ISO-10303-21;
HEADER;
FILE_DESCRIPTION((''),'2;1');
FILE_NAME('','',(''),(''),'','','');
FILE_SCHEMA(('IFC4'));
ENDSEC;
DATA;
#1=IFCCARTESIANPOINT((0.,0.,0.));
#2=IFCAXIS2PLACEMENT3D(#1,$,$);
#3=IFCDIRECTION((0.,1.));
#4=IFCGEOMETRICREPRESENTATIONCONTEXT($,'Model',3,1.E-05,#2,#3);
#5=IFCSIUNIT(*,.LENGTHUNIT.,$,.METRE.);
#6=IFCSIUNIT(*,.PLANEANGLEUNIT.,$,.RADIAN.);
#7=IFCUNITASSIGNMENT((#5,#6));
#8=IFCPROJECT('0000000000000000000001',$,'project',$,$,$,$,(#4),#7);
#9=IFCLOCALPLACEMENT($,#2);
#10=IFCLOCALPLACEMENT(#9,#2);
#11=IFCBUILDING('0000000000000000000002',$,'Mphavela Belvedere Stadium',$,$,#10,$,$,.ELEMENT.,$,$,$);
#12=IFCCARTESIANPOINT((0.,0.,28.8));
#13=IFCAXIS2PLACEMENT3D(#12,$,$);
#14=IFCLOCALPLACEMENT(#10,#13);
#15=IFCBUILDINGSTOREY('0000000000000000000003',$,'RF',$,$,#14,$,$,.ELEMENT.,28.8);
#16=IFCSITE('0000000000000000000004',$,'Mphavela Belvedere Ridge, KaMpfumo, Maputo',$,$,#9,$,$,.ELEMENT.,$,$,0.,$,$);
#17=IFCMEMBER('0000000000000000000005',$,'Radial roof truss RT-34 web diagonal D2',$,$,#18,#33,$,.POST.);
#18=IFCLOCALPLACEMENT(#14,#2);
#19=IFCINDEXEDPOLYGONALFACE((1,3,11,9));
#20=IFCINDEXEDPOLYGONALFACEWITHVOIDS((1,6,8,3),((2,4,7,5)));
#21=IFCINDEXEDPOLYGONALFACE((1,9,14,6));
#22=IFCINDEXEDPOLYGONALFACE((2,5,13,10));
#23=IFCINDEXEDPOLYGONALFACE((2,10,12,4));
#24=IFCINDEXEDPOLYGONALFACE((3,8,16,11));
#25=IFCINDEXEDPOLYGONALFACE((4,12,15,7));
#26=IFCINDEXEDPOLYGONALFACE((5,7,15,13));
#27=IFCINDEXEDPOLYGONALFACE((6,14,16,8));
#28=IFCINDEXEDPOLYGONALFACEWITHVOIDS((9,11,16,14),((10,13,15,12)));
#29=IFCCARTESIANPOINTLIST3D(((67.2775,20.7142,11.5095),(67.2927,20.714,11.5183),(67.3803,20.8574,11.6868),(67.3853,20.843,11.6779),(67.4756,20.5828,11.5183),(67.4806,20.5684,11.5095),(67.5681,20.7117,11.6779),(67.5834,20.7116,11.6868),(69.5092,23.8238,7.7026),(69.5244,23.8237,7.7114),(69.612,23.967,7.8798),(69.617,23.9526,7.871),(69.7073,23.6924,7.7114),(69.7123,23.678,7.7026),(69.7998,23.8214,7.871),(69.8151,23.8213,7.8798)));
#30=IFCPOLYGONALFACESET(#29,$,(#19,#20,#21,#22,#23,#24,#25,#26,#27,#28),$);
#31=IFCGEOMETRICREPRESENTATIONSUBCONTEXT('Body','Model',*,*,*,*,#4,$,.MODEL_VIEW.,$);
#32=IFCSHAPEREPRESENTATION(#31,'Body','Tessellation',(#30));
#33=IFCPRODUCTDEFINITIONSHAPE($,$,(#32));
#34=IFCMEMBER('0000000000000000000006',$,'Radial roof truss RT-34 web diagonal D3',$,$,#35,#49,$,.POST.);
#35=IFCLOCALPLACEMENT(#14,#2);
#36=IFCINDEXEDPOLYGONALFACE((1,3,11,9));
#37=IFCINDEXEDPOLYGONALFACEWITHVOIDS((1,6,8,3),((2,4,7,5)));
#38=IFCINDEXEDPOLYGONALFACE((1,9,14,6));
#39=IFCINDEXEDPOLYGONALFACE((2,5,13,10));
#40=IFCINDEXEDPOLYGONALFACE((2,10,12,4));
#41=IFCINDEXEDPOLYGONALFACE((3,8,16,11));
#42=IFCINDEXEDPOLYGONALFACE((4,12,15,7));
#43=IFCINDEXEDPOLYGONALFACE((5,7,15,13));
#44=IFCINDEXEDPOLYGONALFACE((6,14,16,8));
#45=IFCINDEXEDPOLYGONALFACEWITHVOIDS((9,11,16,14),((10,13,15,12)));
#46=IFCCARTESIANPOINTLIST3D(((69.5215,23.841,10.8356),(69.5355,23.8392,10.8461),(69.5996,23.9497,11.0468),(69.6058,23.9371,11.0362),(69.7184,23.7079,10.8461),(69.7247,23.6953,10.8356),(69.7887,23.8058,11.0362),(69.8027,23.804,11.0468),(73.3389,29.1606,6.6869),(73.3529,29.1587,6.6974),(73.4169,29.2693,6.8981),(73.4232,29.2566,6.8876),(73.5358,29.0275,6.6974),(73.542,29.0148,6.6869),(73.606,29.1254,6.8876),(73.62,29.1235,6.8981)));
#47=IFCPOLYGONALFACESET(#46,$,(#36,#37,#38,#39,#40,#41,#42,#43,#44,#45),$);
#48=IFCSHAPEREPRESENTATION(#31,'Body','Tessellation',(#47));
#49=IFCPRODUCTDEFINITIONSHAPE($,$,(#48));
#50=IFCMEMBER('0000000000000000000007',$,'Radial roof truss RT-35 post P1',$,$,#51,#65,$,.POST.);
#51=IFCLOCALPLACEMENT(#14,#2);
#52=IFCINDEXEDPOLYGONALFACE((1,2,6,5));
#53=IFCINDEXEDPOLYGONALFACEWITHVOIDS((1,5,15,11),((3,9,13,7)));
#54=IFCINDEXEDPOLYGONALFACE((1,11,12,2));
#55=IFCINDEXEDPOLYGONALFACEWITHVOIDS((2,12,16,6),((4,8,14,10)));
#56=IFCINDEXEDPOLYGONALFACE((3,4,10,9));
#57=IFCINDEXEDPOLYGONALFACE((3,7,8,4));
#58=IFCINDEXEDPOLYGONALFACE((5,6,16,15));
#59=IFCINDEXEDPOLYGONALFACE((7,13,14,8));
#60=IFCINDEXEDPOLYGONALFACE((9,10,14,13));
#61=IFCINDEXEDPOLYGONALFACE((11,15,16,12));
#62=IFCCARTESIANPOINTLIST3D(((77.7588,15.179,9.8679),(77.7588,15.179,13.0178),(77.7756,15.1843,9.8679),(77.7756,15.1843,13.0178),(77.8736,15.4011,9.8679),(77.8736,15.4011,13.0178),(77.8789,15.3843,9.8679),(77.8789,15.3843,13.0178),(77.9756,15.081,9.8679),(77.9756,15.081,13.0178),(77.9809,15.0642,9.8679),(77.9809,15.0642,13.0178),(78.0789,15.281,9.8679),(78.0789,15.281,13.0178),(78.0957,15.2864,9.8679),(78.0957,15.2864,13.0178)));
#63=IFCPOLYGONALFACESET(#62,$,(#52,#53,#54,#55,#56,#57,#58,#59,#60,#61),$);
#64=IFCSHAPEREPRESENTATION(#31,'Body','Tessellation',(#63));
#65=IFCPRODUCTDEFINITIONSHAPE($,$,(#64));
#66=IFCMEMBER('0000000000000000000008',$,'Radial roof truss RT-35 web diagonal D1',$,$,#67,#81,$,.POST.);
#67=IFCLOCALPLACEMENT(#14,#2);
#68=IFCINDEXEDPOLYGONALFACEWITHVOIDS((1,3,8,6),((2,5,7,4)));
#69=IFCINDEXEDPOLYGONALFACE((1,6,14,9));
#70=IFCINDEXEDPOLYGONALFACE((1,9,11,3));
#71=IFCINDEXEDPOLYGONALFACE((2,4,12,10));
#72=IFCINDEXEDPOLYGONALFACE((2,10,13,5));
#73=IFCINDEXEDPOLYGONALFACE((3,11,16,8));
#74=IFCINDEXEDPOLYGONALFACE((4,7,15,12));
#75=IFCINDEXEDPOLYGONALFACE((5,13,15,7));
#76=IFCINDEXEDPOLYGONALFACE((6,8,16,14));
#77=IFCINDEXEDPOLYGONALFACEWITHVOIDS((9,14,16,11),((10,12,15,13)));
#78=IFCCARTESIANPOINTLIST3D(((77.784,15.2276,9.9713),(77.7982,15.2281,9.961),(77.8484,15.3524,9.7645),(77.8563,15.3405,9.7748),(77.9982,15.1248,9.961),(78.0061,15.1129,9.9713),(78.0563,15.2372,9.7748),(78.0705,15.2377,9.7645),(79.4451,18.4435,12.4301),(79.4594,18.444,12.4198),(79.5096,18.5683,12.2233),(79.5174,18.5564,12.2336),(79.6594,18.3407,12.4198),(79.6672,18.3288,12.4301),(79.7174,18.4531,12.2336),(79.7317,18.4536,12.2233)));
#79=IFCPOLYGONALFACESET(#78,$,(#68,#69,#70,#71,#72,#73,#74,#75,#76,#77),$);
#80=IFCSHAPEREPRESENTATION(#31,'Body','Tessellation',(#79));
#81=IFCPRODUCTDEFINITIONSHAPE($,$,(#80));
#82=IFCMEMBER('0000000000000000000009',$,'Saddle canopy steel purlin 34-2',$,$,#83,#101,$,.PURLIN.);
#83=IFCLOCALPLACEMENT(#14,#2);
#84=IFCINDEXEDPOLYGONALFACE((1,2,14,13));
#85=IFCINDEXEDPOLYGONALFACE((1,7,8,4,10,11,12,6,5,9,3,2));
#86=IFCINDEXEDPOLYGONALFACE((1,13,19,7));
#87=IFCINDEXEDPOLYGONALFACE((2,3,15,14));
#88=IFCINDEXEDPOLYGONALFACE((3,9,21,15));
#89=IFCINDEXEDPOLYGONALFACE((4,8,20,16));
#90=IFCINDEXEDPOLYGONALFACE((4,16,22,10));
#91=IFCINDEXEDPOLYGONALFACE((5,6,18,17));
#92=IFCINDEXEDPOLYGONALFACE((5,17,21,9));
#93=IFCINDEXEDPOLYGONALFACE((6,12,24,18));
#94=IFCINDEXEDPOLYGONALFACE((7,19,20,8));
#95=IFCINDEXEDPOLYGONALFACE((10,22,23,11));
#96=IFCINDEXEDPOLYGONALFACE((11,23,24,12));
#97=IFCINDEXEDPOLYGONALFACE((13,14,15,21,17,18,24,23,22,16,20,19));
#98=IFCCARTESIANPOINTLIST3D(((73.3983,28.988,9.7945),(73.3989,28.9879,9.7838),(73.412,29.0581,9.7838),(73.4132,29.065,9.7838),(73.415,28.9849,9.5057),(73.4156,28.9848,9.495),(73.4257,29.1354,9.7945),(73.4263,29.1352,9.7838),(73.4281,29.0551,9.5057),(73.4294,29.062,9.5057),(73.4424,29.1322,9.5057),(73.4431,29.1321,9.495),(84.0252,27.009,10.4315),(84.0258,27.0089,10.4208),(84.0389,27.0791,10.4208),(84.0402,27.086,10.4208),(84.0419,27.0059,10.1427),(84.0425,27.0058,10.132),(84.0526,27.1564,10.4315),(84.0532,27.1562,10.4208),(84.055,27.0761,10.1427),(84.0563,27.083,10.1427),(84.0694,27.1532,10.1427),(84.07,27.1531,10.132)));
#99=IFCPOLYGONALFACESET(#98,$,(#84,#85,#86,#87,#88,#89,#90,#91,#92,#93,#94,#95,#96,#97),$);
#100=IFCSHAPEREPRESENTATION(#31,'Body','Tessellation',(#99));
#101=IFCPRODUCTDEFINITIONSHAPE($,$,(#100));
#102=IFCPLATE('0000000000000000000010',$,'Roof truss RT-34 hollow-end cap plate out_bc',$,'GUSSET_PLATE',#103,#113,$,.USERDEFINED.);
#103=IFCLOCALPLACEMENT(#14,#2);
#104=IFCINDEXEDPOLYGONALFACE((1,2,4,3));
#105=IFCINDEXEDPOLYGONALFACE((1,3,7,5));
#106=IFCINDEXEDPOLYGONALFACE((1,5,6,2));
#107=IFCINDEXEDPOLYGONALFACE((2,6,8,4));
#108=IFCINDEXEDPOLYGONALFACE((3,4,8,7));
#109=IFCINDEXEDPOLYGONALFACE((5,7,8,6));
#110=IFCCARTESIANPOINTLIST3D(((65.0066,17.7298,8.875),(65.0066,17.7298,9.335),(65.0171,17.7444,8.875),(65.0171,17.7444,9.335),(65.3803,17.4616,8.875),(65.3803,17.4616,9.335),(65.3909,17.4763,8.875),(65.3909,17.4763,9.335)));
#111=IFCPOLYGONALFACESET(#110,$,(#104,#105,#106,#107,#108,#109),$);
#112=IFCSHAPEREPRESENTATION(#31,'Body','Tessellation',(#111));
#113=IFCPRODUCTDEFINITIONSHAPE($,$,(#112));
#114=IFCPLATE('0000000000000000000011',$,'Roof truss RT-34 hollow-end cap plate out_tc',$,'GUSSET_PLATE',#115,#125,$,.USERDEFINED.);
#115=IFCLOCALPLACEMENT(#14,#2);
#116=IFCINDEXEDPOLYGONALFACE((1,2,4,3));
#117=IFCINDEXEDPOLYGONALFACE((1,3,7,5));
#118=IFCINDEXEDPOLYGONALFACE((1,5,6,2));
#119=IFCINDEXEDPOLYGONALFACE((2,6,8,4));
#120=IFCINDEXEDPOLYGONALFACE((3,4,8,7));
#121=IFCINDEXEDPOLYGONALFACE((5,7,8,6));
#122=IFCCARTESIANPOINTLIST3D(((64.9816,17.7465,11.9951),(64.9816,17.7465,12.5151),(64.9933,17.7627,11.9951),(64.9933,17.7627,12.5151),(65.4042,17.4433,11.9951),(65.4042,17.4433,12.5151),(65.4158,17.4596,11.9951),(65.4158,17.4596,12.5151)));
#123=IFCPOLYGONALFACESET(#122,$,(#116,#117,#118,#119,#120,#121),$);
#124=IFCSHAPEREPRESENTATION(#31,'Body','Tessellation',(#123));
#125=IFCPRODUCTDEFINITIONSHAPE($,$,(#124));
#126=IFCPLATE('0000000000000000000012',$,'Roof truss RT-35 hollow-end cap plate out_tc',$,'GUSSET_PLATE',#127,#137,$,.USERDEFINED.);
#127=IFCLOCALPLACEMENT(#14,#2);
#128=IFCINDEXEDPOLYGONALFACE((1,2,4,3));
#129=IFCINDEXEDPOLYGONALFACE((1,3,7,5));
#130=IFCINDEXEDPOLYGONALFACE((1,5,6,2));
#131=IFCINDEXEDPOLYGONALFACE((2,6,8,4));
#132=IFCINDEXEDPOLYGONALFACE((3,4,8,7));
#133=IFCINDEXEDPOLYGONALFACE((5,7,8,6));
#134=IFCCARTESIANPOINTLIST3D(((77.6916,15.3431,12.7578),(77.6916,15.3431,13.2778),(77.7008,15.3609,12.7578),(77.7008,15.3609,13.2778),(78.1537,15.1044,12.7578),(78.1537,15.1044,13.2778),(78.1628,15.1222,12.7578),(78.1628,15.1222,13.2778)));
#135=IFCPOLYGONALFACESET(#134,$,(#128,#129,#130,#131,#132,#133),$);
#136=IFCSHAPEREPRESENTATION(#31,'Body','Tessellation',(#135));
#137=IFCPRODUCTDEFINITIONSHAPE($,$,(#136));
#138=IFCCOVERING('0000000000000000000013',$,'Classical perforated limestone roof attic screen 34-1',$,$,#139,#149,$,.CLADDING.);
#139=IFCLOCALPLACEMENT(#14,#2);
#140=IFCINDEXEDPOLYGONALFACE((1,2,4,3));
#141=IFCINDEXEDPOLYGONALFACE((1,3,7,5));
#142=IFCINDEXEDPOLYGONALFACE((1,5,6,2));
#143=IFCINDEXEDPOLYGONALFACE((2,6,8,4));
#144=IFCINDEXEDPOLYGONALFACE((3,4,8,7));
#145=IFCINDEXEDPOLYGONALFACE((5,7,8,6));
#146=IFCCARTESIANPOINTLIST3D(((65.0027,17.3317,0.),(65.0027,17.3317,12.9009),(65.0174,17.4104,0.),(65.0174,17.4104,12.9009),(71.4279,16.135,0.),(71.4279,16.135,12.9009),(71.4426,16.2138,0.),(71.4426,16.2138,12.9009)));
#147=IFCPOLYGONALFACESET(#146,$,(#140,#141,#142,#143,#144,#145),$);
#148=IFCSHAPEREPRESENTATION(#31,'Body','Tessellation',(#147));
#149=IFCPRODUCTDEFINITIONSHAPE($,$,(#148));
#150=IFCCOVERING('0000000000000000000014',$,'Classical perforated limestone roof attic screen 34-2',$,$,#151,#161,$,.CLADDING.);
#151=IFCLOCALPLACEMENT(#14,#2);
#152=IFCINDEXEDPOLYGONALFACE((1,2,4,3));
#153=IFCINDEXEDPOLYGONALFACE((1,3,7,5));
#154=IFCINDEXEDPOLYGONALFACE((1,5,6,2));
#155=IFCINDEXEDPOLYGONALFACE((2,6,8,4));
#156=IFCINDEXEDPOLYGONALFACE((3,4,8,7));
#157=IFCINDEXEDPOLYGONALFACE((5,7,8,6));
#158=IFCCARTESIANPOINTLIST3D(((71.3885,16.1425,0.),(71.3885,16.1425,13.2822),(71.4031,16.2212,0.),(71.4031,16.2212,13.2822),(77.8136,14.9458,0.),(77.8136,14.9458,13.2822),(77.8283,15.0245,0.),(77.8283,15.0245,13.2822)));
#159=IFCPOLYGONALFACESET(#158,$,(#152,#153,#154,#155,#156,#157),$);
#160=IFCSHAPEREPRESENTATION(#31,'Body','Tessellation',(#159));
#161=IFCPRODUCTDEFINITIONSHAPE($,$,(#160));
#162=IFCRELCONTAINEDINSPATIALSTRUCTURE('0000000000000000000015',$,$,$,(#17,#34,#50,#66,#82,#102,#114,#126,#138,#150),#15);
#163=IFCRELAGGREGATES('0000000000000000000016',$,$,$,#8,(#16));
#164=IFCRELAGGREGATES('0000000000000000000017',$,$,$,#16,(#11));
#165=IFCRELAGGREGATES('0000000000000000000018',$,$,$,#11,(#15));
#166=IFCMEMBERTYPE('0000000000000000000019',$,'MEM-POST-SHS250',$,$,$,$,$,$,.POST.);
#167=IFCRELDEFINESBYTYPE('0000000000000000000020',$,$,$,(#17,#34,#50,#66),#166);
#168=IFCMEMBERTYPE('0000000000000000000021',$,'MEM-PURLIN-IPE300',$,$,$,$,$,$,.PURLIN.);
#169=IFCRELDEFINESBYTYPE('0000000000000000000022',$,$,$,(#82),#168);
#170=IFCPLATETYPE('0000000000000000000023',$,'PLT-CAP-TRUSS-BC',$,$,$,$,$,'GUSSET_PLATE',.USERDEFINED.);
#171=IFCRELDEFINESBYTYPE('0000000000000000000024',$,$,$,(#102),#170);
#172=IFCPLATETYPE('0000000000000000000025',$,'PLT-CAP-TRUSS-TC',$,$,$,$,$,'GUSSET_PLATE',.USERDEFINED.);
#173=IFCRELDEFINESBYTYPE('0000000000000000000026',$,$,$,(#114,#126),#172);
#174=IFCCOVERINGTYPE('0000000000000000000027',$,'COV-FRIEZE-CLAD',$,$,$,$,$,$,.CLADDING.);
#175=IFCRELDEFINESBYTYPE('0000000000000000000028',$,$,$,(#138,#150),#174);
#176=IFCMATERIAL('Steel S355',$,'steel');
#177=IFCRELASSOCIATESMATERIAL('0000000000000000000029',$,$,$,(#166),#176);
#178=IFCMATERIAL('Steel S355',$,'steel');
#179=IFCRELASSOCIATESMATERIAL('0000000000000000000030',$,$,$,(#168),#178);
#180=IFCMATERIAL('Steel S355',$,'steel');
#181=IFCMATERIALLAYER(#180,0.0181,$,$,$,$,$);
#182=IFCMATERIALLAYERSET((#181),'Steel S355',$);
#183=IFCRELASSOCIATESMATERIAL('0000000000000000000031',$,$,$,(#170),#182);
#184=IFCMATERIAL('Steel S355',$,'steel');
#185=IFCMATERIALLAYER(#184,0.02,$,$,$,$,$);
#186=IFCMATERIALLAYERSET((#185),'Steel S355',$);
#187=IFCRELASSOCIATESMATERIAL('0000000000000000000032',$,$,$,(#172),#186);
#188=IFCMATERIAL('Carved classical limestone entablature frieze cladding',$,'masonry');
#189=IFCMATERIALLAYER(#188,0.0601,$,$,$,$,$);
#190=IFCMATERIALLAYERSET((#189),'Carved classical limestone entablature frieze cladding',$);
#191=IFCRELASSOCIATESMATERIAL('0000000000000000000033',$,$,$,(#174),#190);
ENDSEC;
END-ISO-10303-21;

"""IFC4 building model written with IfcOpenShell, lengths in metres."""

from ifc_helpers import new_model, si_unit, direction, frame, origin, origin_2d, place, context, subcontext, project, spatial, rectangle, hollow_rectangle, i_section, extrude, material, layer, layer_set, material_profile, profile_set, type_object, element, save


model = new_model("IFC4")

# Units and contexts
model_context = context("Model", 3, precision=1e-05, world=origin(), true_north=direction((0.0, 1.0)))
body_context = subcontext(model_context, "Body", "Model", "MODEL_VIEW")
ifc_project = project(units=[si_unit("LENGTHUNIT", "METRE"), si_unit("PLANEANGLEUNIT", "RADIAN")], contexts=[model_context])

# Site, building, storey
site_placement = place(None, origin())
site = spatial("IfcSite", under=ifc_project, at=site_placement, Name="Mphavela Belvedere Ridge, KaMpfumo, Maputo", CompositionType="ELEMENT", RefElevation=0.0)
building_placement = place(site_placement, origin())
building = spatial("IfcBuilding", under=site, at=building_placement, Name="Mphavela Belvedere Stadium", CompositionType="ELEMENT")
storey_placement = place(building_placement, frame((0.0, 0.0, 28.8)))
storey = spatial("IfcBuildingStorey", under=building, at=storey_placement, Name="RF", CompositionType="ELEMENT", Elevation=28.8)

# Members
ifc_material_1 = material(Name="Steel S355", Category="steel")
ifc_material_profile_1 = material_profile(ifc_material_1, hollow_rectangle(XDim=0.25, YDim=0.25, WallThickness=0.0125, at=origin_2d()), Name="SHS 250x250x12.5")
ifc_profile_set_1 = profile_set([ifc_material_profile_1], Name="Steel S355")
member_type_1 = type_object("IfcMemberType", Name="MEM-POST-SHS250", PredefinedType="POST", material=ifc_profile_set_1)
member_1_placement = place(storey_placement, frame((67.4304, 20.7129, 11.5981), z_axis=(0.4134, 0.576028, -0.70519), x_axis=(-0.81243, 0.583059, 0.0)))
element("IfcMember", 1, at=member_1_placement, inside=storey, type_object=member_type_1, Name="Radial roof truss RT-34 web diagonal D2", PredefinedType="POST", context=body_context, shape_type="SweptSolid", body=[
    extrude(hollow_rectangle(XDim=0.25, YDim=0.25, WallThickness=0.0125, at=origin_2d()), origin(), (0.0, 0.0, 1.0), 5.3984),
])
member_2_placement = place(storey_placement, frame((69.6621, 23.8225, 10.9412), z_axis=(0.492486, 0.686287, -0.535227), x_axis=(-0.812454, 0.583025, 0.0)))
element("IfcMember", 2, at=member_2_placement, inside=storey, type_object=member_type_1, Name="Radial roof truss RT-34 web diagonal D3", PredefinedType="POST", context=body_context, shape_type="SweptSolid", body=[
    extrude(hollow_rectangle(XDim=0.25, YDim=0.25, WallThickness=0.0125, at=origin_2d()), origin(), (0.0, 0.0, 1.0), 7.7512),
])
member_3_placement = place(storey_placement, frame((77.9272, 15.2327, 9.8679), z_axis=(0.0, 0.0, 1.0), x_axis=(-0.45896, -0.888457, 0.0)))
element("IfcMember", 3, at=member_3_placement, inside=storey, type_object=member_type_1, Name="Radial roof truss RT-35 post P1", PredefinedType="POST", context=body_context, shape_type="SweptSolid", body=[
    extrude(hollow_rectangle(XDim=0.25, YDim=0.25, WallThickness=0.0125, at=origin_2d()), origin(), (0.0, 0.0, 1.0), 3.1499),
])
member_4_placement = place(storey_placement, frame((77.9272, 15.2327, 9.8679), z_axis=(0.379632, 0.734936, 0.561915), x_axis=(-0.888468, 0.458938, 0.0)))
element("IfcMember", 4, at=member_4_placement, inside=storey, type_object=member_type_1, Name="Radial roof truss RT-35 web diagonal D1", PredefinedType="POST", context=body_context, shape_type="SweptSolid", body=[
    extrude(hollow_rectangle(XDim=0.25, YDim=0.25, WallThickness=0.0125, at=origin_2d()), origin(), (0.0, 0.0, 1.0), 4.3757),
])
ifc_material_2 = material(Name="Steel S355", Category="steel")
ifc_material_profile_2 = material_profile(ifc_material_2, i_section(OverallWidth=0.1499, OverallDepth=0.3, WebThickness=0.0071, FlangeThickness=0.0107, at=origin_2d()), Name="IPE 300")
ifc_profile_set_2 = profile_set([ifc_material_profile_2], Name="Steel S355")
member_type_2 = type_object("IfcMemberType", Name="MEM-PURLIN-IPE300", PredefinedType="PURLIN", material=ifc_profile_set_2)
member_5_placement = place(storey_placement, frame((73.4207, 29.0601, 9.6448), z_axis=(0.981396, -0.18276, 0.058823), x_axis=(0.183077, 0.983098, 0.0)))
element("IfcMember", 5, at=member_5_placement, inside=storey, type_object=member_type_2, Name="Saddle canopy steel purlin 34-2", PredefinedType="PURLIN", context=body_context, shape_type="SweptSolid", body=[
    extrude(i_section(OverallWidth=0.1499, OverallDepth=0.3, WebThickness=0.0071, FlangeThickness=0.0107, at=origin_2d()), origin(), (0.0, 0.0, 1.0), 10.8284),
])

# Plates
ifc_material_3 = material(Name="Steel S355", Category="steel")
ifc_layer_1 = layer(ifc_material_3, 0.0181)
ifc_layer_set_1 = layer_set([ifc_layer_1], Name="Steel S355")
plate_type_1 = type_object("IfcPlateType", Name="PLT-CAP-TRUSS-BC", ElementType="GUSSET_PLATE", PredefinedType="USERDEFINED", material=ifc_layer_set_1)
plate_placement = place(storey_placement, frame((65.1987, 17.603, 8.875), z_axis=(0.0, 0.0, 1.0), x_axis=(-0.582974, -0.812491, 0.0)))
element("IfcPlate", 6, at=plate_placement, inside=storey, type_object=plate_type_1, Name="Roof truss RT-34 hollow-end cap plate out_bc", ObjectType="GUSSET_PLATE", PredefinedType="USERDEFINED", context=body_context, shape_type="SweptSolid", body=[
    extrude(rectangle(XDim=0.0181, YDim=0.46, at=origin_2d()), origin(), (0.0, 0.0, 1.0), 0.46),
])
ifc_material_4 = material(Name="Steel S355", Category="steel")
ifc_layer_2 = layer(ifc_material_4, 0.02)
ifc_layer_set_2 = layer_set([ifc_layer_2], Name="Steel S355")
plate_type_2 = type_object("IfcPlateType", Name="PLT-CAP-TRUSS-TC", ElementType="GUSSET_PLATE", PredefinedType="USERDEFINED", material=ifc_layer_set_2)
for number, where, z_axis, x_axis, name in (
    (7, (65.1987, 17.603, 11.9951), (0.0, 0.0, 1.0), (-0.582974, -0.812491, 0.0), "Roof truss RT-34 hollow-end cap plate out_tc"),
    (8, (77.9272, 15.2327, 12.7578), (0.0, 0.0, 1.0), (-0.45896, -0.888457, 0.0), "Roof truss RT-35 hollow-end cap plate out_tc"),
):
    element("IfcPlate", number, at=place(storey_placement, frame(where, z_axis=z_axis, x_axis=x_axis)), inside=storey, type_object=plate_type_2, Name=name, ObjectType="GUSSET_PLATE", PredefinedType="USERDEFINED", context=body_context, shape_type="SweptSolid", body=[
        extrude(rectangle(XDim=0.02, YDim=0.52, at=origin_2d()), origin(), (0.0, 0.0, 1.0), 0.52),
    ])

# Coverings
ifc_material_5 = material(Name="Carved classical limestone entablature frieze cladding", Category="masonry")
ifc_layer_3 = layer(ifc_material_5, 0.0601)
ifc_layer_set_3 = layer_set([ifc_layer_3], Name="Carved classical limestone entablature frieze cladding")
covering_type = type_object("IfcCoveringType", Name="COV-FRIEZE-CLAD", PredefinedType="CLADDING", material=ifc_layer_set_3)
covering_1_placement = place(storey_placement, frame((68.2227, 16.7727, 0.0), z_axis=(0.0, 0.0, 1.0), x_axis=(0.983096, -0.183094, 0.0)))
element("IfcCovering", 9, at=covering_1_placement, inside=storey, type_object=covering_type, Name="Classical perforated limestone roof attic screen 34-1", PredefinedType="CLADDING", context=body_context, shape_type="SweptSolid", body=[
    extrude(rectangle(XDim=6.5356, YDim=0.0801, at=origin_2d()), origin(), (0.0, 0.0, 1.0), 12.9009),
])
covering_2_placement = place(storey_placement, frame((74.6084, 15.5835, 0.0), z_axis=(0.0, 0.0, 1.0), x_axis=(0.983096, -0.183094, 0.0)))
element("IfcCovering", 10, at=covering_2_placement, inside=storey, type_object=covering_type, Name="Classical perforated limestone roof attic screen 34-2", PredefinedType="CLADDING", context=body_context, shape_type="SweptSolid", body=[
    extrude(rectangle(XDim=6.5356, YDim=0.0801, at=origin_2d()), origin(), (0.0, 0.0, 1.0), 13.2822),
])

save(model, "model.ifc")
